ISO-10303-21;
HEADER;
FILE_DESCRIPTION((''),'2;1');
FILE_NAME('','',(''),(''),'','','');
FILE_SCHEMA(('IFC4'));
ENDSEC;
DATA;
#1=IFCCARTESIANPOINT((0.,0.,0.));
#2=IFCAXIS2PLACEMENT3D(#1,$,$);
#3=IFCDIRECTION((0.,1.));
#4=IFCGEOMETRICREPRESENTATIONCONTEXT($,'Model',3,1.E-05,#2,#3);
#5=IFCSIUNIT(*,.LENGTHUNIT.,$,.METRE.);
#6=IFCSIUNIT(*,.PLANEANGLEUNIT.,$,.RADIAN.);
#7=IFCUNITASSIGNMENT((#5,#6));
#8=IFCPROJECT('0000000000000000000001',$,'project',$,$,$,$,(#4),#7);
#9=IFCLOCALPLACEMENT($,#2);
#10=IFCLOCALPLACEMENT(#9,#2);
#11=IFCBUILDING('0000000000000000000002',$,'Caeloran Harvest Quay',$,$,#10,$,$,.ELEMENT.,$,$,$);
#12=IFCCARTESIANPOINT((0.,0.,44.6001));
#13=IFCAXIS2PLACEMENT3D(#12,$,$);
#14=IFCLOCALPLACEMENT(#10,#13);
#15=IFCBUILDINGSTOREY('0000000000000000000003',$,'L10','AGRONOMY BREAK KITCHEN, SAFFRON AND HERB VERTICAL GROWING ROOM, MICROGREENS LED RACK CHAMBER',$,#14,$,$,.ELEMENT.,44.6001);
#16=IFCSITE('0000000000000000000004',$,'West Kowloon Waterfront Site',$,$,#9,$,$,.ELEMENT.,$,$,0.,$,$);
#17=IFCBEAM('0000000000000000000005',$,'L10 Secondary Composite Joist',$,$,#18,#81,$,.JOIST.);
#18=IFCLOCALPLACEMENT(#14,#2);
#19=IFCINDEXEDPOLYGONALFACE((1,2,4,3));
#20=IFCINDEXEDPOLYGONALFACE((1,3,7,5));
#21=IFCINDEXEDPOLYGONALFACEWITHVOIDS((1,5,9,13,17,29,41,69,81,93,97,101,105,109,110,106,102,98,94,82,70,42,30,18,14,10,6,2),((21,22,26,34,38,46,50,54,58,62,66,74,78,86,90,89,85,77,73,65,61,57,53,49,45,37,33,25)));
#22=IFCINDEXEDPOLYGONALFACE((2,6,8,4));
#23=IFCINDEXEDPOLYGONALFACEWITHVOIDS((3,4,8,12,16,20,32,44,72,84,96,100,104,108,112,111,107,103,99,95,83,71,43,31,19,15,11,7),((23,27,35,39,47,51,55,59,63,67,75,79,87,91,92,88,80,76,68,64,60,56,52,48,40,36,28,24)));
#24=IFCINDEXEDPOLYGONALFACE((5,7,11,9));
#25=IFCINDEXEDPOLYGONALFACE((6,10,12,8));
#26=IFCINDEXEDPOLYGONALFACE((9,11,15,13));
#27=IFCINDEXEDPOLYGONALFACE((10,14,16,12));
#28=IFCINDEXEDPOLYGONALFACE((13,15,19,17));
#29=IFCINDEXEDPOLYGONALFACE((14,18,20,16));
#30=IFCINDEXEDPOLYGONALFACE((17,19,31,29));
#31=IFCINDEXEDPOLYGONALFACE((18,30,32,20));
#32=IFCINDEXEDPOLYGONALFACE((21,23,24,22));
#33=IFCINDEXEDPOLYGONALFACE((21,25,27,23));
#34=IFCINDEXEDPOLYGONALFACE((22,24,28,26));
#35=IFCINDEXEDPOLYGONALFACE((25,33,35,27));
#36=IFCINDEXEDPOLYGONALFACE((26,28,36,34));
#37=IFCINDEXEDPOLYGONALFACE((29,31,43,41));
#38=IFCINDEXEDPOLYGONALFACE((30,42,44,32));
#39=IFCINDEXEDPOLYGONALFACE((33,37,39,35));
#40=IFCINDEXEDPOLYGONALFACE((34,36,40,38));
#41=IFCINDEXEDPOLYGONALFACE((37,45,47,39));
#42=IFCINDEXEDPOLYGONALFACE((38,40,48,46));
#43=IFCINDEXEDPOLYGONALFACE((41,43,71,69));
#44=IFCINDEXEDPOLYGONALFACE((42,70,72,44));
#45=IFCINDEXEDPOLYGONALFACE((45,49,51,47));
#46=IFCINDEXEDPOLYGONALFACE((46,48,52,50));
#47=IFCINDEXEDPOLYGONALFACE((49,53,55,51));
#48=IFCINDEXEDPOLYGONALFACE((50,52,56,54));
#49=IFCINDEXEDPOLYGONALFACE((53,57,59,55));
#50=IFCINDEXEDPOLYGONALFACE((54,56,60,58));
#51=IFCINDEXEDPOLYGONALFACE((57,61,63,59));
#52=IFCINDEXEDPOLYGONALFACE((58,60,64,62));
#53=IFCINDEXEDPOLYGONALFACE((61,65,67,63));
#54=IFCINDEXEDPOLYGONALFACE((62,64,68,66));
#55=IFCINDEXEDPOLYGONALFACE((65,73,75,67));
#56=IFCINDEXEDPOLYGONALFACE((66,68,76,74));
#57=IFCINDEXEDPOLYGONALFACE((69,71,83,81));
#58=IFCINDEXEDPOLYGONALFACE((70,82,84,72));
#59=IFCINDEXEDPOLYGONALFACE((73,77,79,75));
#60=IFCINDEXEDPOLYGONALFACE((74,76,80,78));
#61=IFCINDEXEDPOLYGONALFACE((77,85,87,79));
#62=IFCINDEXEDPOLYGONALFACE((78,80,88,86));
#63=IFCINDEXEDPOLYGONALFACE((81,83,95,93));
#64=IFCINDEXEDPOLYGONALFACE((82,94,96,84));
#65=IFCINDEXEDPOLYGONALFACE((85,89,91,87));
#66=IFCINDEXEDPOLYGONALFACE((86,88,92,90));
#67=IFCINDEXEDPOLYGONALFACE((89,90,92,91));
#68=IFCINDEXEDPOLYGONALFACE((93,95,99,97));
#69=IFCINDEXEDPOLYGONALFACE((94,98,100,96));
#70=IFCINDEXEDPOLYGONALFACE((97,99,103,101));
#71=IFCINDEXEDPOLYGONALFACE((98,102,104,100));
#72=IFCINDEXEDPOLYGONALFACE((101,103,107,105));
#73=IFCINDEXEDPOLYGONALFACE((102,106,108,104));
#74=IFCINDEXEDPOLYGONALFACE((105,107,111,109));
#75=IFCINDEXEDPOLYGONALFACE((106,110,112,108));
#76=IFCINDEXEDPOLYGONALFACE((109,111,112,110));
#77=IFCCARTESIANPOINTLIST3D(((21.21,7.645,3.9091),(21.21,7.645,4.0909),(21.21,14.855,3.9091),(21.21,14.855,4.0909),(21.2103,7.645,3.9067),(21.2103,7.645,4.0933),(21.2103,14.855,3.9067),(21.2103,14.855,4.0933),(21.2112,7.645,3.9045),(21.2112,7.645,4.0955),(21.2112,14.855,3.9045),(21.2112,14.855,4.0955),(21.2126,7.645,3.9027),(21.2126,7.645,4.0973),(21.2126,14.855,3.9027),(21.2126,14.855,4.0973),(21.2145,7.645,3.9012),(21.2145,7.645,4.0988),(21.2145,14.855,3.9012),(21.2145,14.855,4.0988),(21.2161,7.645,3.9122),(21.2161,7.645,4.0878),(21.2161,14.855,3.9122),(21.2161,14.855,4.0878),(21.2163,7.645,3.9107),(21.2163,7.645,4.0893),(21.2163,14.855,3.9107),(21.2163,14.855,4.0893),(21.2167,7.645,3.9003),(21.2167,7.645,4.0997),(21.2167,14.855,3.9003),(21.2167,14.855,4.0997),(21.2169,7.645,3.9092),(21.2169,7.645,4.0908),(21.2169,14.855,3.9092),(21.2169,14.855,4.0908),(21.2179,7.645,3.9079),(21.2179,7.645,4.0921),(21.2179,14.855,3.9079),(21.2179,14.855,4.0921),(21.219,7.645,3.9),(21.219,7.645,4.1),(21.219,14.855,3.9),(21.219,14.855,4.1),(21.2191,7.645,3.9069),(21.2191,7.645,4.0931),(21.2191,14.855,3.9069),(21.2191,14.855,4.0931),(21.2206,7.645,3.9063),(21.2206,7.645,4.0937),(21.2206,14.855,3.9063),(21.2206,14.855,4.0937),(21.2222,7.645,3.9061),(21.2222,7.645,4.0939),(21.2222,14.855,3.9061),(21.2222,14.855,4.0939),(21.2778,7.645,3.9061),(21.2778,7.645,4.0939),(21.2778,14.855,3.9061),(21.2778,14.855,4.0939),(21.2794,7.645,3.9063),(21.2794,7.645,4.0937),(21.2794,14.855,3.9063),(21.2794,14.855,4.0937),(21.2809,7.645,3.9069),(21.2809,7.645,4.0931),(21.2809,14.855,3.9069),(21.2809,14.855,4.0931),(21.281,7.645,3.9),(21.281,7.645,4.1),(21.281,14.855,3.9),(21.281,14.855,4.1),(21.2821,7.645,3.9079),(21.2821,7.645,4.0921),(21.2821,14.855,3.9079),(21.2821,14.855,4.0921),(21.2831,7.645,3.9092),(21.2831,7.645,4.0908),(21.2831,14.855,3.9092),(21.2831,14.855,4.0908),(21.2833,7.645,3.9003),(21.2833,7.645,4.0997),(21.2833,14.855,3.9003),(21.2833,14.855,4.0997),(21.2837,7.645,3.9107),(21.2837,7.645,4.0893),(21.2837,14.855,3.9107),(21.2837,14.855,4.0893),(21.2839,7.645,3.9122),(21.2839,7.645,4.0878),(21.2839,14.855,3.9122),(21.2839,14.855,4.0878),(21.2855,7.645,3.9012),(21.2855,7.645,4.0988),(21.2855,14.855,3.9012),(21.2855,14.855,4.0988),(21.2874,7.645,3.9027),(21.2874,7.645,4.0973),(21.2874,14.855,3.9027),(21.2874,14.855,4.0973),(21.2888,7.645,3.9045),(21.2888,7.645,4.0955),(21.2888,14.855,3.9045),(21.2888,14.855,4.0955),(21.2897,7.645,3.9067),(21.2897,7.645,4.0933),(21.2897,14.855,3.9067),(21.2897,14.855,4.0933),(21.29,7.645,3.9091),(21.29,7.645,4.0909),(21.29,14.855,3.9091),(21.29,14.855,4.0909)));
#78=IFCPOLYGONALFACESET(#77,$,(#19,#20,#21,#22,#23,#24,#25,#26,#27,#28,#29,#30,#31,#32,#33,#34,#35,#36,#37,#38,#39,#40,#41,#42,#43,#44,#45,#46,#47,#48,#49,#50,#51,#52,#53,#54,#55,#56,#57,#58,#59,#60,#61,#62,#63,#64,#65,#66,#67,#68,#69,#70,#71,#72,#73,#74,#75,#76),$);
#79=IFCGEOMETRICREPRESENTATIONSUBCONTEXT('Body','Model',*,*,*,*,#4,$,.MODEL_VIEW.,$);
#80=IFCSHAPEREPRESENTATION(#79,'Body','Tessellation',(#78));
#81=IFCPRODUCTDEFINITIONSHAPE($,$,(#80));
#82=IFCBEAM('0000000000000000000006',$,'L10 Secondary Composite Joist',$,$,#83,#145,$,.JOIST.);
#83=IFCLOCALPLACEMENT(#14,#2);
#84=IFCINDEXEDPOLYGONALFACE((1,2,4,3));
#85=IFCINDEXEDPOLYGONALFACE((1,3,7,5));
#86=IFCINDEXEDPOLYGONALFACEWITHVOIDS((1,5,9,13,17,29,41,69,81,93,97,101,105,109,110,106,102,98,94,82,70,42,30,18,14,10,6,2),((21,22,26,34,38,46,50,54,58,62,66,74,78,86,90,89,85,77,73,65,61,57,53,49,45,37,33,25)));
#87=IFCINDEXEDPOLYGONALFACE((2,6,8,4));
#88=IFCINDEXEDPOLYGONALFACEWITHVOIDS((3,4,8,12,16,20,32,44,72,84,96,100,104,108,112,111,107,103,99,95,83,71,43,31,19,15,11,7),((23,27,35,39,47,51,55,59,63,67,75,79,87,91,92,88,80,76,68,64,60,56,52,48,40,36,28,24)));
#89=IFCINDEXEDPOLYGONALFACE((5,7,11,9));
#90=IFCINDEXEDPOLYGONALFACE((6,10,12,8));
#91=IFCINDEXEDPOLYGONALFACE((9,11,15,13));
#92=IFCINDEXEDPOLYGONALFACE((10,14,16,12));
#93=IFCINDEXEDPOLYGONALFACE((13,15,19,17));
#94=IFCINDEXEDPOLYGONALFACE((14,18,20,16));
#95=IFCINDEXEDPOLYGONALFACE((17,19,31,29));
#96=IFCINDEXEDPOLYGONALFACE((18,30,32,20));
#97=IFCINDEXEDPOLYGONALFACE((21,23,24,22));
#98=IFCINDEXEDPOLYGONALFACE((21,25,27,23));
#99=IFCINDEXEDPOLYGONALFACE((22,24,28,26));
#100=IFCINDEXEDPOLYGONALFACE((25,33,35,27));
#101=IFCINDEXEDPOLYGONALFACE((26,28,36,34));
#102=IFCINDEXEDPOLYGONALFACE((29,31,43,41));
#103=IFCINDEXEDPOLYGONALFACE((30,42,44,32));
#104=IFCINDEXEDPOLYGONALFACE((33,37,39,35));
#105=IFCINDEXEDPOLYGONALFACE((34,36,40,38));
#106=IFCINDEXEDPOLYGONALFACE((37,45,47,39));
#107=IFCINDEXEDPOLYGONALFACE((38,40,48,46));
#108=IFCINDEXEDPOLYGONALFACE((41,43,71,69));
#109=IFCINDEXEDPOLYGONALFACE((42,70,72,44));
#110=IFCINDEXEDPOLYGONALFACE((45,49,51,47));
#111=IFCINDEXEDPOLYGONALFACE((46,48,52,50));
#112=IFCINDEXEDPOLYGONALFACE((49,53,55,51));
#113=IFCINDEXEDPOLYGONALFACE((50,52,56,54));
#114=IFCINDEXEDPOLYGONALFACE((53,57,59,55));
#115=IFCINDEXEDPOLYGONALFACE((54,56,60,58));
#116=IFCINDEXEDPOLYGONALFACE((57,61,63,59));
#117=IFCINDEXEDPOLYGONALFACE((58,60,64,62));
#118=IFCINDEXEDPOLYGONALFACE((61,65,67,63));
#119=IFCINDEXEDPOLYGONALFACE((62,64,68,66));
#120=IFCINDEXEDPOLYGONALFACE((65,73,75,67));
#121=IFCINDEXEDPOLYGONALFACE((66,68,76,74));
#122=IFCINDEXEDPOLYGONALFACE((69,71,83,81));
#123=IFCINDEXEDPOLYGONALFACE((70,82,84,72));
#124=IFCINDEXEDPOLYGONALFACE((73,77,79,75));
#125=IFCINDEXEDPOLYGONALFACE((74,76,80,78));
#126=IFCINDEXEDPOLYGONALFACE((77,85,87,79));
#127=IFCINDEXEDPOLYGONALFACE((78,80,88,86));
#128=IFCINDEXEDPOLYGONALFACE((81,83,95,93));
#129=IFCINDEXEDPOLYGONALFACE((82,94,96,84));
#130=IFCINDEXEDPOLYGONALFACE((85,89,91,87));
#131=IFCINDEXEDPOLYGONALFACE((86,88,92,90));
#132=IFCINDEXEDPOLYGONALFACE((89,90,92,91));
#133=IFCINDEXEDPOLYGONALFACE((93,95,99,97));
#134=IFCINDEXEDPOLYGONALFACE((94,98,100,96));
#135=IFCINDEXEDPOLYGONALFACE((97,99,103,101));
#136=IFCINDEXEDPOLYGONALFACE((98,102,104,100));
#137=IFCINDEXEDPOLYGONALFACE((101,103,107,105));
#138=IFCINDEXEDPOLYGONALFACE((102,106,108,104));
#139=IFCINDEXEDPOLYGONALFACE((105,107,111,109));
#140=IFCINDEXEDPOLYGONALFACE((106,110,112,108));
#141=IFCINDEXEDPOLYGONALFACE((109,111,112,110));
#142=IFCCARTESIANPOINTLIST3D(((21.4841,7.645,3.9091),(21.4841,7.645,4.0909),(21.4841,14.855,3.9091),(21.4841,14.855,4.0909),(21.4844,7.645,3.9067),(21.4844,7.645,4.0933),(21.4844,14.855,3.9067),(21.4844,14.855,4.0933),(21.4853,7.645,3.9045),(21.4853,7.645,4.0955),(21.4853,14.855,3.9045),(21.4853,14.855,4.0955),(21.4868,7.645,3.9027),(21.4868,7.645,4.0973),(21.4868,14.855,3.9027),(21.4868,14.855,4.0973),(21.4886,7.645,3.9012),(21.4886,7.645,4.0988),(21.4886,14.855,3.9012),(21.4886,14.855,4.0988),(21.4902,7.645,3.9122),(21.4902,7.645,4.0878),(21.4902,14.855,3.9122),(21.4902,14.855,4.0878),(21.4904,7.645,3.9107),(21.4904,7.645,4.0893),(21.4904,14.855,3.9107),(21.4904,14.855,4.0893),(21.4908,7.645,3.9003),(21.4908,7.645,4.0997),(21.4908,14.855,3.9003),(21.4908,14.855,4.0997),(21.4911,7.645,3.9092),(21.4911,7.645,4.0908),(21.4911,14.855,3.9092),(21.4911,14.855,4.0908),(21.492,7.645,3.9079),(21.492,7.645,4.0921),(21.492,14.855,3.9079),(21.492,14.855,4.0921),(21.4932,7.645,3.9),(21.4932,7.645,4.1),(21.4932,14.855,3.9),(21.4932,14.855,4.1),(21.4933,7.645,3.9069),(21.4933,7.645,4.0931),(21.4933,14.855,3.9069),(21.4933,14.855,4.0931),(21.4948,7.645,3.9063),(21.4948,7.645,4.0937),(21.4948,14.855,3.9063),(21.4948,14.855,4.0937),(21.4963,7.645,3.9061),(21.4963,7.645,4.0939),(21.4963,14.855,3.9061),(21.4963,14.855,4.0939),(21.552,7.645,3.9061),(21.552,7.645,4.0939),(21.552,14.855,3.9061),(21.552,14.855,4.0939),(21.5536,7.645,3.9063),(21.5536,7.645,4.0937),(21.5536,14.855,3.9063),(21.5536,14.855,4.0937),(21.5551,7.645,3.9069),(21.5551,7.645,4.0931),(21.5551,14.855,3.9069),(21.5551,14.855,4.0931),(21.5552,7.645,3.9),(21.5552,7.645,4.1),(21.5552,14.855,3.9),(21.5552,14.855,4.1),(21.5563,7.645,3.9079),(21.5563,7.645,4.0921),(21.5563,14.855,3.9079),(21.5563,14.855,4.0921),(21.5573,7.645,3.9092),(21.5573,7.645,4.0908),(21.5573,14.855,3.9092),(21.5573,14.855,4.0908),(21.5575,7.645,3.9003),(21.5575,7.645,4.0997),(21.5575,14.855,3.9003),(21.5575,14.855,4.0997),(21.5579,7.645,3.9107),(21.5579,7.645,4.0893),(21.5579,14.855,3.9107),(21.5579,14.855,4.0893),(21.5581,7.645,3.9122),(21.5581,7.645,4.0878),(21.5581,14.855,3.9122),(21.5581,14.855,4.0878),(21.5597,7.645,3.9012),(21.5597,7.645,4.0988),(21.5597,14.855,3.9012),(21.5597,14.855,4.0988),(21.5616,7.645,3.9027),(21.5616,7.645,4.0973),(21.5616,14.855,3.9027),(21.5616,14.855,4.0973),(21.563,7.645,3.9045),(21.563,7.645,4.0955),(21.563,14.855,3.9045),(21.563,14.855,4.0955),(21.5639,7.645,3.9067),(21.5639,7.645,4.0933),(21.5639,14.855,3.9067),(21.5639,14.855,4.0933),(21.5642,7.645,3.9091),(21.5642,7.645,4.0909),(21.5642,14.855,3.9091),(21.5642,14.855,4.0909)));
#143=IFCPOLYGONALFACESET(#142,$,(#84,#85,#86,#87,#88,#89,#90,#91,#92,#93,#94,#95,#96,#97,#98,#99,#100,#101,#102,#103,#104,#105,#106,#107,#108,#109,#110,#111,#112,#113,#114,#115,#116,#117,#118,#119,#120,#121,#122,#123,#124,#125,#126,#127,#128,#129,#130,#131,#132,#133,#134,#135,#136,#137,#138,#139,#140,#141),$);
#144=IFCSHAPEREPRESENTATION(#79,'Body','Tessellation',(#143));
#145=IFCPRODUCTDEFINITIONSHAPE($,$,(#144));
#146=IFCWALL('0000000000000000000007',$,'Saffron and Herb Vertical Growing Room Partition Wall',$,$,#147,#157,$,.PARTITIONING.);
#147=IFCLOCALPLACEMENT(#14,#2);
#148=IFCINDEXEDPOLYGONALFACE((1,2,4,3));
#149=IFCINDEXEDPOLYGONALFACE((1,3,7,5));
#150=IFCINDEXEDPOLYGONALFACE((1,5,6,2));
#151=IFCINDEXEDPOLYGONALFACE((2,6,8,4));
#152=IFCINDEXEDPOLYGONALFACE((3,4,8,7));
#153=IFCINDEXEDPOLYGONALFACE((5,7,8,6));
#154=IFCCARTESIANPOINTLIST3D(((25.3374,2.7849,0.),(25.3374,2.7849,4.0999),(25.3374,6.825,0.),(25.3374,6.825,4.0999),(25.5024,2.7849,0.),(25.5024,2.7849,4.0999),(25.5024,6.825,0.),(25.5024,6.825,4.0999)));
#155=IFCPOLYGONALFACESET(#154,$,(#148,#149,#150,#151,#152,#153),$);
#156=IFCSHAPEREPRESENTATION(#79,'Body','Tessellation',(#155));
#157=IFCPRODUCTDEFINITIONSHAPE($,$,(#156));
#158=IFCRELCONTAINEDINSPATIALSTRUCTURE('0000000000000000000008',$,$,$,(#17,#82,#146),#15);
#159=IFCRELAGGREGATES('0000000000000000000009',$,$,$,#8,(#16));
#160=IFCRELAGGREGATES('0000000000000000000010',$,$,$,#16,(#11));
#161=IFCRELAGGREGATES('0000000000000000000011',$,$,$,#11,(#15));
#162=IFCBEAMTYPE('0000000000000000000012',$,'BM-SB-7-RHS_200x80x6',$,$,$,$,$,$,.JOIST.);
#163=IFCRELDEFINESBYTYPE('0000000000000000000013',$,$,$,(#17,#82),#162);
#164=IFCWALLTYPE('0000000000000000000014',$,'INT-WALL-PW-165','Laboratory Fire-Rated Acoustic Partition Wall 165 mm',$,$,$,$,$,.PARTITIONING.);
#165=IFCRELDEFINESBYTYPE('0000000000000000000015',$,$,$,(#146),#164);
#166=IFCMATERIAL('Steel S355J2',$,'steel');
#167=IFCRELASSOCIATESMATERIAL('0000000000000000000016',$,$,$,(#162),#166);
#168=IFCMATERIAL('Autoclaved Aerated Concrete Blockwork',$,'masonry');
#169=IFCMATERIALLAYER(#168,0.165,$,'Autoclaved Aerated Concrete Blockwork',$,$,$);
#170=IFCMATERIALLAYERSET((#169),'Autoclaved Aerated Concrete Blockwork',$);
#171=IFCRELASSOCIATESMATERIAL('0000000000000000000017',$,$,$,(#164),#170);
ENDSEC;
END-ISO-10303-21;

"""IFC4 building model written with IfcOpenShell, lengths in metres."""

from ifc_helpers import new_model, si_unit, direction, frame, frame_2d, origin, origin_2d, place, context, subcontext, project, spatial, rectangle, hollow_rectangle, extrude, material, layer, layer_set, material_profile, profile_set, type_object, element, save


model = new_model("IFC4")

# Units and contexts
model_context = context("Model", 3, precision=1e-05, world=origin(), true_north=direction((0.0, 1.0)))
body_context = subcontext(model_context, "Body", "Model", "MODEL_VIEW")
ifc_project = project(units=[si_unit("LENGTHUNIT", "METRE"), si_unit("PLANEANGLEUNIT", "RADIAN")], contexts=[model_context])

# Site, building, storey
site_placement = place(None, origin())
site = spatial("IfcSite", under=ifc_project, at=site_placement, Name="West Kowloon Waterfront Site", CompositionType="ELEMENT", RefElevation=0.0)
building_placement = place(site_placement, origin())
building = spatial("IfcBuilding", under=site, at=building_placement, Name="Caeloran Harvest Quay", CompositionType="ELEMENT")
storey_placement = place(building_placement, frame((0.0, 0.0, 44.6001)))
storey = spatial("IfcBuildingStorey", under=building, at=storey_placement, Name="L10", Description="AGRONOMY BREAK KITCHEN, SAFFRON AND HERB VERTICAL GROWING ROOM, MICROGREENS LED RACK CHAMBER", CompositionType="ELEMENT", Elevation=44.6001)

# Beams
ifc_material_1 = material(Name="Steel S355J2", Category="steel")
ifc_material_profile_1 = material_profile(ifc_material_1, hollow_rectangle(XDim=0.0801, YDim=0.2, WallThickness=0.0061, InnerFilletRadius=0.0061, OuterFilletRadius=0.009, at=origin_2d()), Name="RHS 200x80x6")
ifc_profile_set_1 = profile_set([ifc_material_profile_1], Name="Steel S355J2")
beam_type_1 = type_object("IfcBeamType", Name="BM-SB-7-RHS_200x80x6", PredefinedType="JOIST", material=ifc_profile_set_1)
for number, where, z_axis, x_axis, name in (
    (1, (21.25, 7.645, 4.0), (0.0, 1.0, 0.0), (-1.0, 0.0, 0.0), "L10 Secondary Composite Joist"),
    (2, (21.5242, 7.645, 4.0), (0.0, 1.0, 0.0), (-1.0, 0.0, 0.0), "L10 Secondary Composite Joist"),
):
    element("IfcBeam", number, at=place(storey_placement, frame(where, z_axis=z_axis, x_axis=x_axis)), inside=storey, type_object=beam_type_1, Name=name, PredefinedType="JOIST", context=body_context, shape_type="SweptSolid", body=[
        extrude(hollow_rectangle(XDim=0.0801, YDim=0.2, WallThickness=0.0061, InnerFilletRadius=0.0061, OuterFilletRadius=0.009, at=origin_2d()), origin(), (0.0, 0.0, 1.0), 7.21),
    ])

# Wall
ifc_material_2 = material(Name="Autoclaved Aerated Concrete Blockwork", Category="masonry")
ifc_layer = layer(ifc_material_2, 0.165, Name="Autoclaved Aerated Concrete Blockwork")
ifc_layer_set = layer_set([ifc_layer], Name="Autoclaved Aerated Concrete Blockwork")
wall_type = type_object("IfcWallType", Name="INT-WALL-PW-165", Description="Laboratory Fire-Rated Acoustic Partition Wall 165 mm", PredefinedType="PARTITIONING", material=ifc_layer_set)
wall_placement = place(storey_placement, frame((25.4199, 6.825, 0.0), z_axis=(0.0, 0.0, 1.0), x_axis=(0.0, -1.0, 0.0)))
element("IfcWall", 3, at=wall_placement, inside=storey, type_object=wall_type, Name="Saffron and Herb Vertical Growing Room Partition Wall", PredefinedType="PARTITIONING", context=body_context, shape_type="SweptSolid", body=[
    extrude(rectangle(XDim=4.04, YDim=0.165, at=frame_2d((2.02, 0.0))), origin(), (0.0, 0.0, 1.0), 4.0999),
])

save(model, "model.ifc")
